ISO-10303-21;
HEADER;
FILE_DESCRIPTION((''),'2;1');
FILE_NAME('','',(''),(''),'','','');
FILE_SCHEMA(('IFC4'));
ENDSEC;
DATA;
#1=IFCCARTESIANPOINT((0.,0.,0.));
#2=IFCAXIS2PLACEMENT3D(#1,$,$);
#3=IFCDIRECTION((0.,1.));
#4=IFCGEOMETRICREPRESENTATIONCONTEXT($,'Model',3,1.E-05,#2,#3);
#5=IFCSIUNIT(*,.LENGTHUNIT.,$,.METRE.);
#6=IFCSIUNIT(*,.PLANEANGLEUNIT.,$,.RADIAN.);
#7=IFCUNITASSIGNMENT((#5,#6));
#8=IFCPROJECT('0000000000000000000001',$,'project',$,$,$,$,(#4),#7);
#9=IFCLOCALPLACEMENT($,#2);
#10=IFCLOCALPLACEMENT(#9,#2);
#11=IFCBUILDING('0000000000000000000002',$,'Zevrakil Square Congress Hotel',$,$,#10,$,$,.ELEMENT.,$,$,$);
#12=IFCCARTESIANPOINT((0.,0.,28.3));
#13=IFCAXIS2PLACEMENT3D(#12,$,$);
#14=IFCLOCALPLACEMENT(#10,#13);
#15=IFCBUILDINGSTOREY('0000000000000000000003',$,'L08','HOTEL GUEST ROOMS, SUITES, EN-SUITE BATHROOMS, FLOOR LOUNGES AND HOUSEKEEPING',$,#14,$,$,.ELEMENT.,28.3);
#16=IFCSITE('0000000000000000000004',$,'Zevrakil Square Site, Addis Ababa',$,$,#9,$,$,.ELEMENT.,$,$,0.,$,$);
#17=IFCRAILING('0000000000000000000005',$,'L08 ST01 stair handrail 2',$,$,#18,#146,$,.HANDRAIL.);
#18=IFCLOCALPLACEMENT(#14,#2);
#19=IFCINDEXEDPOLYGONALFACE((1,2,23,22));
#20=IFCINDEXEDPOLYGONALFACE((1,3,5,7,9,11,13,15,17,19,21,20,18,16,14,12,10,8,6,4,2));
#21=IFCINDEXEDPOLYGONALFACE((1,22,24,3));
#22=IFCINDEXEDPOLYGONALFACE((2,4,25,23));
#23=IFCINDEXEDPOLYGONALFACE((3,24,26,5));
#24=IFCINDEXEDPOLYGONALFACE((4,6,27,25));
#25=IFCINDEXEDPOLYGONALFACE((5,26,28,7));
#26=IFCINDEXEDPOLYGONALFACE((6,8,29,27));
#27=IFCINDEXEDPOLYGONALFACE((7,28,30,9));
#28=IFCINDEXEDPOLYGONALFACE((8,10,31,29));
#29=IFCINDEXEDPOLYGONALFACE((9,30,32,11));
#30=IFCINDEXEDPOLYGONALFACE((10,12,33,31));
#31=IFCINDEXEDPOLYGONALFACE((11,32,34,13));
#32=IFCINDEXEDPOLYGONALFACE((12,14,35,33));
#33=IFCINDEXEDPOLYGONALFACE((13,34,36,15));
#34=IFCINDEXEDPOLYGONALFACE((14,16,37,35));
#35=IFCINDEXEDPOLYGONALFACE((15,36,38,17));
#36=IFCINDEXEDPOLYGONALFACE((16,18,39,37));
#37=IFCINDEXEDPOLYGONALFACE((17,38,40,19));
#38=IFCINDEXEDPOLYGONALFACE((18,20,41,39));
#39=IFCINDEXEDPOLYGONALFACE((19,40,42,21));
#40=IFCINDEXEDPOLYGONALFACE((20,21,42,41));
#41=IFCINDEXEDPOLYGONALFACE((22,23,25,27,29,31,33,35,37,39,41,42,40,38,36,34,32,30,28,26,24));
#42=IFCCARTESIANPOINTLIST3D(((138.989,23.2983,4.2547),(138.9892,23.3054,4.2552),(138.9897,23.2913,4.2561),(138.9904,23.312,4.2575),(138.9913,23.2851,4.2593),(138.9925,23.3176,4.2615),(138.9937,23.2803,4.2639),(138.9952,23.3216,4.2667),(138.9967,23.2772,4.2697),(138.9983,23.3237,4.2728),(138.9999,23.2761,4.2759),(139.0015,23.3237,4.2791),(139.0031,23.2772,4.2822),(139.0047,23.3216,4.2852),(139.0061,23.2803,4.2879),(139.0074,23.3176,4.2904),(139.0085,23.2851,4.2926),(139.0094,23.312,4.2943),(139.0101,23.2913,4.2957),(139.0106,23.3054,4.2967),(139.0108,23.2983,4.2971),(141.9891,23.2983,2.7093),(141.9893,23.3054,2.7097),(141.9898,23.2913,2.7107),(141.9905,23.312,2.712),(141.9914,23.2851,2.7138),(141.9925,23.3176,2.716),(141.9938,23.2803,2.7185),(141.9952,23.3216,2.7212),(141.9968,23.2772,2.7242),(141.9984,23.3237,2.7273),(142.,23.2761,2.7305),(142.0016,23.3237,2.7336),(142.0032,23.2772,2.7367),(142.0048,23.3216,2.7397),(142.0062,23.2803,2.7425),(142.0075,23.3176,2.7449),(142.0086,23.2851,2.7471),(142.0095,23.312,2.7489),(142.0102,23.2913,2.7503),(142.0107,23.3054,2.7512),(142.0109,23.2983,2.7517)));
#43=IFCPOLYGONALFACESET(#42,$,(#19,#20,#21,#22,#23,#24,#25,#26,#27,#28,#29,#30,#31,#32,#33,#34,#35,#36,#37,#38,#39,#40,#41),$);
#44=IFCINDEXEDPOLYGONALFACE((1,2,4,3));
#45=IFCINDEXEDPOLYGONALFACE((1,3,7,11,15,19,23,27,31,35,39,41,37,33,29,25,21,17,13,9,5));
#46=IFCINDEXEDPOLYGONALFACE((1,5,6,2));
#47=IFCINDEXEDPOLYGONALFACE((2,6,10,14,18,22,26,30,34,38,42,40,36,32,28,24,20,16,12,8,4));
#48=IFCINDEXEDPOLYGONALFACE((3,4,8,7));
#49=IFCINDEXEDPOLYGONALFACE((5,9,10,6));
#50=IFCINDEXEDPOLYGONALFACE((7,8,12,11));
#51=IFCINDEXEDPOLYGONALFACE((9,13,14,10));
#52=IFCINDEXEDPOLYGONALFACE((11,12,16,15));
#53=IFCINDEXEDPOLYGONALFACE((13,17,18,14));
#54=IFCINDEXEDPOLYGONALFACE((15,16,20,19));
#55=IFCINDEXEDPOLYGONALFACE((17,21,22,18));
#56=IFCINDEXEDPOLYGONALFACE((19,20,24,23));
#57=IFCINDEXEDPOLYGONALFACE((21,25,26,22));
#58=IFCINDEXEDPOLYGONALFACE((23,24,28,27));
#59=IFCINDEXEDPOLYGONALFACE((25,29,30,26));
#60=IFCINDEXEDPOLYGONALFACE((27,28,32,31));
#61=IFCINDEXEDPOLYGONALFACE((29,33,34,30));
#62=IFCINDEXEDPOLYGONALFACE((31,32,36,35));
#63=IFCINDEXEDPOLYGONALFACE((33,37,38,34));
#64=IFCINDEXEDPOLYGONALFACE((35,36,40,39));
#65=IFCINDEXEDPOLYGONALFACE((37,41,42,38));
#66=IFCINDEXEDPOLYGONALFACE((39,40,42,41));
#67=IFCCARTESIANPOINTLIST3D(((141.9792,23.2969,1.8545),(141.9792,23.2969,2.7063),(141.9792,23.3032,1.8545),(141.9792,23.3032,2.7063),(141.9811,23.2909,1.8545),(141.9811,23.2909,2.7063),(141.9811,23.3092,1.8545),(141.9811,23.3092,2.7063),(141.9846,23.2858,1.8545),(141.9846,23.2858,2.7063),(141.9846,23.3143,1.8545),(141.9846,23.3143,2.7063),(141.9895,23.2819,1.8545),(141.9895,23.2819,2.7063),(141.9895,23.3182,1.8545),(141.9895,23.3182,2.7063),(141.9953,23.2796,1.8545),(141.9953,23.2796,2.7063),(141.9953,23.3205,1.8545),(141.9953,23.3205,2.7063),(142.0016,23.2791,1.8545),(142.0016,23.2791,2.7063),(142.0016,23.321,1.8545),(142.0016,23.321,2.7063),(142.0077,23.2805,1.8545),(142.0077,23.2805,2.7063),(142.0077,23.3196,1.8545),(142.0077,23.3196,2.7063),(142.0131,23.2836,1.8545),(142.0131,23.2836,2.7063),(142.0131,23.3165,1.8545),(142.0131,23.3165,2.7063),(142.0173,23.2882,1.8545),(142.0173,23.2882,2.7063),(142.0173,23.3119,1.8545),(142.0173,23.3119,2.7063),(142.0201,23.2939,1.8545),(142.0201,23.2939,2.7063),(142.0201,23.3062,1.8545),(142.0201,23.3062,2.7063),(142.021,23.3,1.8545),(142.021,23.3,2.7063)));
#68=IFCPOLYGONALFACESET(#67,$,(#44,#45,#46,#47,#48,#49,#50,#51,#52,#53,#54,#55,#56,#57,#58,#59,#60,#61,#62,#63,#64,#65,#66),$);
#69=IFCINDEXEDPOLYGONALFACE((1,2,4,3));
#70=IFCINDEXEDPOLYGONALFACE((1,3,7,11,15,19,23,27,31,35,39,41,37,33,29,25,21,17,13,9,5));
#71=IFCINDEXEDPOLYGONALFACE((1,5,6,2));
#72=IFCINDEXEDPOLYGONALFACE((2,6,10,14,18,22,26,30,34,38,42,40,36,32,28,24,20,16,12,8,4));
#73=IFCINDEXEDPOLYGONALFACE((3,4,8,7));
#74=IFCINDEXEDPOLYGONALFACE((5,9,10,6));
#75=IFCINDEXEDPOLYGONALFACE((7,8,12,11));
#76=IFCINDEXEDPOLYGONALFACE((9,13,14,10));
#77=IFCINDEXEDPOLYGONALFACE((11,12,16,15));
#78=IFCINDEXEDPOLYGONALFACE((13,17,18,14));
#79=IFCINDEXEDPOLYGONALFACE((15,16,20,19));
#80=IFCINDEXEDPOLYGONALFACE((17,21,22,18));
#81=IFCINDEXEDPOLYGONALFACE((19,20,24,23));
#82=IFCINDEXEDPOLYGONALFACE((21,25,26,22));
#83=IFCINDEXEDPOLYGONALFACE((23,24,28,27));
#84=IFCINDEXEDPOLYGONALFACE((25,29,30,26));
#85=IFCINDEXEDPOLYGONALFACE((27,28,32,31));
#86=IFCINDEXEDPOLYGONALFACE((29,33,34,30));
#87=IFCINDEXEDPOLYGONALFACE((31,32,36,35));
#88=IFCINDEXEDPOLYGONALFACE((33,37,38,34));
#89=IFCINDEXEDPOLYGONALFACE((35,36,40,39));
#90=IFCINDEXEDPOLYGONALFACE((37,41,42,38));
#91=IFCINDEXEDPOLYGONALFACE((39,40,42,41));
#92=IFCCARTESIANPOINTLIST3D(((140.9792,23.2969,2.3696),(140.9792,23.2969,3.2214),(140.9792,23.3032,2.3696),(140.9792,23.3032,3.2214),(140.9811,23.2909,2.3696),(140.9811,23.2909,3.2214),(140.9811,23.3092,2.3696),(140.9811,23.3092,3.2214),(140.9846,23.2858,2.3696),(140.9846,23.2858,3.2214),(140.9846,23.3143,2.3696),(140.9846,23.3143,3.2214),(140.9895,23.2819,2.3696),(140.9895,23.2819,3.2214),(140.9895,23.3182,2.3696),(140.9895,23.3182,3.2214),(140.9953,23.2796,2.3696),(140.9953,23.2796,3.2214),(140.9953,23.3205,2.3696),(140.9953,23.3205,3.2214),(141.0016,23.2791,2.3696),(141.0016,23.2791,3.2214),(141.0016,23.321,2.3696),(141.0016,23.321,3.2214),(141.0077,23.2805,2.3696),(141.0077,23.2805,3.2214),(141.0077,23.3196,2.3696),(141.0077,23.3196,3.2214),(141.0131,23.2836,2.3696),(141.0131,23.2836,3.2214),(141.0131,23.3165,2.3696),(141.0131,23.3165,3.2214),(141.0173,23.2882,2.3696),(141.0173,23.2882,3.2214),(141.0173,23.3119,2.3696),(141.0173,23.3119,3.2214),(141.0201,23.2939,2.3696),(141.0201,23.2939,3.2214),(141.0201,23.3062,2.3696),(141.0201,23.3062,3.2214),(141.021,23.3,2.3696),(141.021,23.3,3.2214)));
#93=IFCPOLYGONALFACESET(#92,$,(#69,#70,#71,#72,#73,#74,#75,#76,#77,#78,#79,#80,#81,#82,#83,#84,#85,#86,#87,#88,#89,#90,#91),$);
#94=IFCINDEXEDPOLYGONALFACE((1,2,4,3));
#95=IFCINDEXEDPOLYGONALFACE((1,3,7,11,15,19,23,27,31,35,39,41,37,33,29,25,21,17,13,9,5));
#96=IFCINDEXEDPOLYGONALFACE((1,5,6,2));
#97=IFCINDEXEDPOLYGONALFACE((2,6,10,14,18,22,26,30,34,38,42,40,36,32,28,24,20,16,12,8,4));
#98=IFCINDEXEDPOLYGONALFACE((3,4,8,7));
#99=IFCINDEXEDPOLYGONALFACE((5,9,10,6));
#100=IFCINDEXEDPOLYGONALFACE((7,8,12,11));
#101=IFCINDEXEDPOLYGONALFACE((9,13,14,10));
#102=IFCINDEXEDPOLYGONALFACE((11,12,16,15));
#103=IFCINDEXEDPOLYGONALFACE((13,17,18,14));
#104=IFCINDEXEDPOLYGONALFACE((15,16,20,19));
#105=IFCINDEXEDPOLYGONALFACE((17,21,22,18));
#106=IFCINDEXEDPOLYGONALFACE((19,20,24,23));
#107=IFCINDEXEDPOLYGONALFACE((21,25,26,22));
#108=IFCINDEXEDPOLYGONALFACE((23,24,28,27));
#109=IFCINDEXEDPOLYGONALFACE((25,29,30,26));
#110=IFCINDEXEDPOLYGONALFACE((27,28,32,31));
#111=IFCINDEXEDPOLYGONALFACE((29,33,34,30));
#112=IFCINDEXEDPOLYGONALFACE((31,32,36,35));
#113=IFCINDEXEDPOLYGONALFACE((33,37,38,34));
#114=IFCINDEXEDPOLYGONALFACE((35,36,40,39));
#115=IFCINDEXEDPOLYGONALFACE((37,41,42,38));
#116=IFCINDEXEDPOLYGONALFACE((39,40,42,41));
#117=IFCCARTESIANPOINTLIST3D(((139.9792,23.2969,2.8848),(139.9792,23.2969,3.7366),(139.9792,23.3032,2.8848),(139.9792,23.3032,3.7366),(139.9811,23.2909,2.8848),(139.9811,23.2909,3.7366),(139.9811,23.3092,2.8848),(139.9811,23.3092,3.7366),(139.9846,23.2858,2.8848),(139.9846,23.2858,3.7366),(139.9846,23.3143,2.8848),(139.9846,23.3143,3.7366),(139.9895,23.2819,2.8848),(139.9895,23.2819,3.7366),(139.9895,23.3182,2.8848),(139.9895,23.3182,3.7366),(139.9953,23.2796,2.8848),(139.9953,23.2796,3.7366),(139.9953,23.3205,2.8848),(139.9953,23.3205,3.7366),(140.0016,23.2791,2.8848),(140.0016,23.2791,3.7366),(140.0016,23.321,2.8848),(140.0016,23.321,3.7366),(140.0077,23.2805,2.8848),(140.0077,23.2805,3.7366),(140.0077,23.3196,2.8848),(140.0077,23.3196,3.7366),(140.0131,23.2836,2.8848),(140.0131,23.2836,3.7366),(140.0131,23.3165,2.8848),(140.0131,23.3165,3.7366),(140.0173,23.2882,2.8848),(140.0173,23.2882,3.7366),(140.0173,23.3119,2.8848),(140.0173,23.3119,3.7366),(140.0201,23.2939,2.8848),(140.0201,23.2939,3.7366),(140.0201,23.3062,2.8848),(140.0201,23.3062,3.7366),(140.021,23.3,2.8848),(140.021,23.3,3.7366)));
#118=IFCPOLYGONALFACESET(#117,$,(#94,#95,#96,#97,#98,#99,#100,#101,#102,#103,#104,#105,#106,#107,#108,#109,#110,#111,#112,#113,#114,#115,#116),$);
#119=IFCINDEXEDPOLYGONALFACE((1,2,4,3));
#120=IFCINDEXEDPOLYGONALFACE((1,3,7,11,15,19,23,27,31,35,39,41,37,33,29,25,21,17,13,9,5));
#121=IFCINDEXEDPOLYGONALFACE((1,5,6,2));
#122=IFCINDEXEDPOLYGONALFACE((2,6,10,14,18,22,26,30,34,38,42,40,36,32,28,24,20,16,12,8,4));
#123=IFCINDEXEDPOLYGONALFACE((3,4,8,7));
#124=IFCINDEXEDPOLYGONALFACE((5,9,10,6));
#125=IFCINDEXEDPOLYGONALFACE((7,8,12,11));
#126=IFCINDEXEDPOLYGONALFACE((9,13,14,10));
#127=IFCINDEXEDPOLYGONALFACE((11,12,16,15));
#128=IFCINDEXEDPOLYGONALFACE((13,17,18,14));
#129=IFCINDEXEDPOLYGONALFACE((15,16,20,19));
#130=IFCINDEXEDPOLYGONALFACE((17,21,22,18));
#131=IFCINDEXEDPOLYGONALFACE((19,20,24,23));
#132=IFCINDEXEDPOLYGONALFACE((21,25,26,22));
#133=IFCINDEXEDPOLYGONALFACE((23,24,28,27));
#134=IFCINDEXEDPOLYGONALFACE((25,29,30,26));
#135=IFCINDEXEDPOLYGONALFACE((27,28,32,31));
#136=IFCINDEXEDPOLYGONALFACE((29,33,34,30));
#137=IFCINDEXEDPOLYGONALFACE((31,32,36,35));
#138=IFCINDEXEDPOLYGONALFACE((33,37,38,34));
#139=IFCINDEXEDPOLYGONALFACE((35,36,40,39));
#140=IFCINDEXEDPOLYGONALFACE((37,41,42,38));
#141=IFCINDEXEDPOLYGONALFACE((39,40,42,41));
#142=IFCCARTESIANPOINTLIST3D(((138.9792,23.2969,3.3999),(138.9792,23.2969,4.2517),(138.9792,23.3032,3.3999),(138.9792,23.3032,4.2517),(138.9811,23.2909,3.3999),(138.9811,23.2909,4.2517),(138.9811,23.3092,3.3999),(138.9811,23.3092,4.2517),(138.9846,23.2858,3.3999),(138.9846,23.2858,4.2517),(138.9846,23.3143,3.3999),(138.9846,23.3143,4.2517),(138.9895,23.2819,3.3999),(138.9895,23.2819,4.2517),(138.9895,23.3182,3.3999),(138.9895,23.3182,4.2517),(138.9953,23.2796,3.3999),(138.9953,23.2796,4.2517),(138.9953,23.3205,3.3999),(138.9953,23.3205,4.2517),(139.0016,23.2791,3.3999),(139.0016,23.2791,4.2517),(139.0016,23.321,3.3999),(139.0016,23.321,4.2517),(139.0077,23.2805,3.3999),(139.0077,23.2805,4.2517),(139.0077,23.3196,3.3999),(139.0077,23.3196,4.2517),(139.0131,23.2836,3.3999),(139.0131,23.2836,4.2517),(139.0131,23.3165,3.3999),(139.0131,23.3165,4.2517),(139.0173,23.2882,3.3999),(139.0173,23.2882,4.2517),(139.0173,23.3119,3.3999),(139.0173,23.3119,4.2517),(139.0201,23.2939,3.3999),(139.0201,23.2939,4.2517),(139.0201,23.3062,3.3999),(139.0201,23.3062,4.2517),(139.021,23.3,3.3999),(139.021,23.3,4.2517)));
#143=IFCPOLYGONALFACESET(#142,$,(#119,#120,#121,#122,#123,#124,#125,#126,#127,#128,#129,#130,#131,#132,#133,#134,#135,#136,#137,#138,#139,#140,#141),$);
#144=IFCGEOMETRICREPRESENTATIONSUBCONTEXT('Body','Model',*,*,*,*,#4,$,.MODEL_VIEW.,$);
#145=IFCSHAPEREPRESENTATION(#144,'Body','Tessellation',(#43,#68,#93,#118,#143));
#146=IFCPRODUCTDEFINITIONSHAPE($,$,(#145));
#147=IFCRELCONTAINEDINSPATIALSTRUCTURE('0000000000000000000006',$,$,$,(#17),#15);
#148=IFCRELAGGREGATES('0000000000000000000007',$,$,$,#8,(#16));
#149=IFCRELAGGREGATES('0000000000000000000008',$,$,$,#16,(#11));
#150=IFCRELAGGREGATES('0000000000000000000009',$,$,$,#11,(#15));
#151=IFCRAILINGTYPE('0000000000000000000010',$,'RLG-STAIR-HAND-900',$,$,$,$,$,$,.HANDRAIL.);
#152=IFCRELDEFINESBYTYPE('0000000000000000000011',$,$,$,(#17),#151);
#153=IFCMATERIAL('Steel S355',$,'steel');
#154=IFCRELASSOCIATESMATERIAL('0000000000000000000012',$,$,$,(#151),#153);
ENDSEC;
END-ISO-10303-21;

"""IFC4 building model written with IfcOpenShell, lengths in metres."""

from ifc_helpers import new_model, si_unit, direction, frame, origin, origin_2d, place, context, subcontext, project, spatial, circle, extrude, material, type_object, element, save


model = new_model("IFC4")

# Units and contexts
model_context = context("Model", 3, precision=1e-05, world=origin(), true_north=direction((0.0, 1.0)))
body_context = subcontext(model_context, "Body", "Model", "MODEL_VIEW")
ifc_project = project(units=[si_unit("LENGTHUNIT", "METRE"), si_unit("PLANEANGLEUNIT", "RADIAN")], contexts=[model_context])

# Site, building, storey
site_placement = place(None, origin())
site = spatial("IfcSite", under=ifc_project, at=site_placement, Name="Zevrakil Square Site, Addis Ababa", CompositionType="ELEMENT", RefElevation=0.0)
building_placement = place(site_placement, origin())
building = spatial("IfcBuilding", under=site, at=building_placement, Name="Zevrakil Square Congress Hotel", CompositionType="ELEMENT")
storey_placement = place(building_placement, frame((0.0, 0.0, 28.3)))
storey = spatial("IfcBuildingStorey", under=building, at=storey_placement, Name="L08", Description="HOTEL GUEST ROOMS, SUITES, EN-SUITE BATHROOMS, FLOOR LOUNGES AND HOUSEKEEPING", CompositionType="ELEMENT", Elevation=28.3)

# Railing
ifc_material_1 = material(Name="Steel S355", Category="steel")
railing_type_1 = type_object("IfcRailingType", Name="RLG-STAIR-HAND-900", PredefinedType="HANDRAIL", material=ifc_material_1)
railing_1_placement = place(storey_placement, frame((142.0, 23.3, 1.8545)))
element("IfcRailing", 1, at=railing_1_placement, inside=storey, type_object=railing_type_1, Name="L08 ST01 stair handrail 2", PredefinedType="HANDRAIL", context=body_context, shape_type="SweptSolid", body=[
    extrude(circle(Radius=0.0239, at=origin_2d()), frame((0.0, 0.0, 0.876), z_axis=(-0.88898, 0.0, 0.457946), x_axis=(0.0, -1.0, 0.0)), (0.0, 0.0, 1.0), 3.3748),
    extrude(circle(Radius=0.021, at=origin_2d()), origin(), (0.0, 0.0, 1.0), 0.8518),
    extrude(circle(Radius=0.021, at=origin_2d()), frame((-1.0, 0.0, 0.5151)), (0.0, 0.0, 1.0), 0.8518),
    extrude(circle(Radius=0.021, at=origin_2d()), frame((-2.0, 0.0, 1.0303)), (0.0, 0.0, 1.0), 0.8518),
    extrude(circle(Radius=0.021, at=origin_2d()), frame((-3.0, 0.0, 1.5454)), (0.0, 0.0, 1.0), 0.8518),
])

save(model, "model.ifc")
